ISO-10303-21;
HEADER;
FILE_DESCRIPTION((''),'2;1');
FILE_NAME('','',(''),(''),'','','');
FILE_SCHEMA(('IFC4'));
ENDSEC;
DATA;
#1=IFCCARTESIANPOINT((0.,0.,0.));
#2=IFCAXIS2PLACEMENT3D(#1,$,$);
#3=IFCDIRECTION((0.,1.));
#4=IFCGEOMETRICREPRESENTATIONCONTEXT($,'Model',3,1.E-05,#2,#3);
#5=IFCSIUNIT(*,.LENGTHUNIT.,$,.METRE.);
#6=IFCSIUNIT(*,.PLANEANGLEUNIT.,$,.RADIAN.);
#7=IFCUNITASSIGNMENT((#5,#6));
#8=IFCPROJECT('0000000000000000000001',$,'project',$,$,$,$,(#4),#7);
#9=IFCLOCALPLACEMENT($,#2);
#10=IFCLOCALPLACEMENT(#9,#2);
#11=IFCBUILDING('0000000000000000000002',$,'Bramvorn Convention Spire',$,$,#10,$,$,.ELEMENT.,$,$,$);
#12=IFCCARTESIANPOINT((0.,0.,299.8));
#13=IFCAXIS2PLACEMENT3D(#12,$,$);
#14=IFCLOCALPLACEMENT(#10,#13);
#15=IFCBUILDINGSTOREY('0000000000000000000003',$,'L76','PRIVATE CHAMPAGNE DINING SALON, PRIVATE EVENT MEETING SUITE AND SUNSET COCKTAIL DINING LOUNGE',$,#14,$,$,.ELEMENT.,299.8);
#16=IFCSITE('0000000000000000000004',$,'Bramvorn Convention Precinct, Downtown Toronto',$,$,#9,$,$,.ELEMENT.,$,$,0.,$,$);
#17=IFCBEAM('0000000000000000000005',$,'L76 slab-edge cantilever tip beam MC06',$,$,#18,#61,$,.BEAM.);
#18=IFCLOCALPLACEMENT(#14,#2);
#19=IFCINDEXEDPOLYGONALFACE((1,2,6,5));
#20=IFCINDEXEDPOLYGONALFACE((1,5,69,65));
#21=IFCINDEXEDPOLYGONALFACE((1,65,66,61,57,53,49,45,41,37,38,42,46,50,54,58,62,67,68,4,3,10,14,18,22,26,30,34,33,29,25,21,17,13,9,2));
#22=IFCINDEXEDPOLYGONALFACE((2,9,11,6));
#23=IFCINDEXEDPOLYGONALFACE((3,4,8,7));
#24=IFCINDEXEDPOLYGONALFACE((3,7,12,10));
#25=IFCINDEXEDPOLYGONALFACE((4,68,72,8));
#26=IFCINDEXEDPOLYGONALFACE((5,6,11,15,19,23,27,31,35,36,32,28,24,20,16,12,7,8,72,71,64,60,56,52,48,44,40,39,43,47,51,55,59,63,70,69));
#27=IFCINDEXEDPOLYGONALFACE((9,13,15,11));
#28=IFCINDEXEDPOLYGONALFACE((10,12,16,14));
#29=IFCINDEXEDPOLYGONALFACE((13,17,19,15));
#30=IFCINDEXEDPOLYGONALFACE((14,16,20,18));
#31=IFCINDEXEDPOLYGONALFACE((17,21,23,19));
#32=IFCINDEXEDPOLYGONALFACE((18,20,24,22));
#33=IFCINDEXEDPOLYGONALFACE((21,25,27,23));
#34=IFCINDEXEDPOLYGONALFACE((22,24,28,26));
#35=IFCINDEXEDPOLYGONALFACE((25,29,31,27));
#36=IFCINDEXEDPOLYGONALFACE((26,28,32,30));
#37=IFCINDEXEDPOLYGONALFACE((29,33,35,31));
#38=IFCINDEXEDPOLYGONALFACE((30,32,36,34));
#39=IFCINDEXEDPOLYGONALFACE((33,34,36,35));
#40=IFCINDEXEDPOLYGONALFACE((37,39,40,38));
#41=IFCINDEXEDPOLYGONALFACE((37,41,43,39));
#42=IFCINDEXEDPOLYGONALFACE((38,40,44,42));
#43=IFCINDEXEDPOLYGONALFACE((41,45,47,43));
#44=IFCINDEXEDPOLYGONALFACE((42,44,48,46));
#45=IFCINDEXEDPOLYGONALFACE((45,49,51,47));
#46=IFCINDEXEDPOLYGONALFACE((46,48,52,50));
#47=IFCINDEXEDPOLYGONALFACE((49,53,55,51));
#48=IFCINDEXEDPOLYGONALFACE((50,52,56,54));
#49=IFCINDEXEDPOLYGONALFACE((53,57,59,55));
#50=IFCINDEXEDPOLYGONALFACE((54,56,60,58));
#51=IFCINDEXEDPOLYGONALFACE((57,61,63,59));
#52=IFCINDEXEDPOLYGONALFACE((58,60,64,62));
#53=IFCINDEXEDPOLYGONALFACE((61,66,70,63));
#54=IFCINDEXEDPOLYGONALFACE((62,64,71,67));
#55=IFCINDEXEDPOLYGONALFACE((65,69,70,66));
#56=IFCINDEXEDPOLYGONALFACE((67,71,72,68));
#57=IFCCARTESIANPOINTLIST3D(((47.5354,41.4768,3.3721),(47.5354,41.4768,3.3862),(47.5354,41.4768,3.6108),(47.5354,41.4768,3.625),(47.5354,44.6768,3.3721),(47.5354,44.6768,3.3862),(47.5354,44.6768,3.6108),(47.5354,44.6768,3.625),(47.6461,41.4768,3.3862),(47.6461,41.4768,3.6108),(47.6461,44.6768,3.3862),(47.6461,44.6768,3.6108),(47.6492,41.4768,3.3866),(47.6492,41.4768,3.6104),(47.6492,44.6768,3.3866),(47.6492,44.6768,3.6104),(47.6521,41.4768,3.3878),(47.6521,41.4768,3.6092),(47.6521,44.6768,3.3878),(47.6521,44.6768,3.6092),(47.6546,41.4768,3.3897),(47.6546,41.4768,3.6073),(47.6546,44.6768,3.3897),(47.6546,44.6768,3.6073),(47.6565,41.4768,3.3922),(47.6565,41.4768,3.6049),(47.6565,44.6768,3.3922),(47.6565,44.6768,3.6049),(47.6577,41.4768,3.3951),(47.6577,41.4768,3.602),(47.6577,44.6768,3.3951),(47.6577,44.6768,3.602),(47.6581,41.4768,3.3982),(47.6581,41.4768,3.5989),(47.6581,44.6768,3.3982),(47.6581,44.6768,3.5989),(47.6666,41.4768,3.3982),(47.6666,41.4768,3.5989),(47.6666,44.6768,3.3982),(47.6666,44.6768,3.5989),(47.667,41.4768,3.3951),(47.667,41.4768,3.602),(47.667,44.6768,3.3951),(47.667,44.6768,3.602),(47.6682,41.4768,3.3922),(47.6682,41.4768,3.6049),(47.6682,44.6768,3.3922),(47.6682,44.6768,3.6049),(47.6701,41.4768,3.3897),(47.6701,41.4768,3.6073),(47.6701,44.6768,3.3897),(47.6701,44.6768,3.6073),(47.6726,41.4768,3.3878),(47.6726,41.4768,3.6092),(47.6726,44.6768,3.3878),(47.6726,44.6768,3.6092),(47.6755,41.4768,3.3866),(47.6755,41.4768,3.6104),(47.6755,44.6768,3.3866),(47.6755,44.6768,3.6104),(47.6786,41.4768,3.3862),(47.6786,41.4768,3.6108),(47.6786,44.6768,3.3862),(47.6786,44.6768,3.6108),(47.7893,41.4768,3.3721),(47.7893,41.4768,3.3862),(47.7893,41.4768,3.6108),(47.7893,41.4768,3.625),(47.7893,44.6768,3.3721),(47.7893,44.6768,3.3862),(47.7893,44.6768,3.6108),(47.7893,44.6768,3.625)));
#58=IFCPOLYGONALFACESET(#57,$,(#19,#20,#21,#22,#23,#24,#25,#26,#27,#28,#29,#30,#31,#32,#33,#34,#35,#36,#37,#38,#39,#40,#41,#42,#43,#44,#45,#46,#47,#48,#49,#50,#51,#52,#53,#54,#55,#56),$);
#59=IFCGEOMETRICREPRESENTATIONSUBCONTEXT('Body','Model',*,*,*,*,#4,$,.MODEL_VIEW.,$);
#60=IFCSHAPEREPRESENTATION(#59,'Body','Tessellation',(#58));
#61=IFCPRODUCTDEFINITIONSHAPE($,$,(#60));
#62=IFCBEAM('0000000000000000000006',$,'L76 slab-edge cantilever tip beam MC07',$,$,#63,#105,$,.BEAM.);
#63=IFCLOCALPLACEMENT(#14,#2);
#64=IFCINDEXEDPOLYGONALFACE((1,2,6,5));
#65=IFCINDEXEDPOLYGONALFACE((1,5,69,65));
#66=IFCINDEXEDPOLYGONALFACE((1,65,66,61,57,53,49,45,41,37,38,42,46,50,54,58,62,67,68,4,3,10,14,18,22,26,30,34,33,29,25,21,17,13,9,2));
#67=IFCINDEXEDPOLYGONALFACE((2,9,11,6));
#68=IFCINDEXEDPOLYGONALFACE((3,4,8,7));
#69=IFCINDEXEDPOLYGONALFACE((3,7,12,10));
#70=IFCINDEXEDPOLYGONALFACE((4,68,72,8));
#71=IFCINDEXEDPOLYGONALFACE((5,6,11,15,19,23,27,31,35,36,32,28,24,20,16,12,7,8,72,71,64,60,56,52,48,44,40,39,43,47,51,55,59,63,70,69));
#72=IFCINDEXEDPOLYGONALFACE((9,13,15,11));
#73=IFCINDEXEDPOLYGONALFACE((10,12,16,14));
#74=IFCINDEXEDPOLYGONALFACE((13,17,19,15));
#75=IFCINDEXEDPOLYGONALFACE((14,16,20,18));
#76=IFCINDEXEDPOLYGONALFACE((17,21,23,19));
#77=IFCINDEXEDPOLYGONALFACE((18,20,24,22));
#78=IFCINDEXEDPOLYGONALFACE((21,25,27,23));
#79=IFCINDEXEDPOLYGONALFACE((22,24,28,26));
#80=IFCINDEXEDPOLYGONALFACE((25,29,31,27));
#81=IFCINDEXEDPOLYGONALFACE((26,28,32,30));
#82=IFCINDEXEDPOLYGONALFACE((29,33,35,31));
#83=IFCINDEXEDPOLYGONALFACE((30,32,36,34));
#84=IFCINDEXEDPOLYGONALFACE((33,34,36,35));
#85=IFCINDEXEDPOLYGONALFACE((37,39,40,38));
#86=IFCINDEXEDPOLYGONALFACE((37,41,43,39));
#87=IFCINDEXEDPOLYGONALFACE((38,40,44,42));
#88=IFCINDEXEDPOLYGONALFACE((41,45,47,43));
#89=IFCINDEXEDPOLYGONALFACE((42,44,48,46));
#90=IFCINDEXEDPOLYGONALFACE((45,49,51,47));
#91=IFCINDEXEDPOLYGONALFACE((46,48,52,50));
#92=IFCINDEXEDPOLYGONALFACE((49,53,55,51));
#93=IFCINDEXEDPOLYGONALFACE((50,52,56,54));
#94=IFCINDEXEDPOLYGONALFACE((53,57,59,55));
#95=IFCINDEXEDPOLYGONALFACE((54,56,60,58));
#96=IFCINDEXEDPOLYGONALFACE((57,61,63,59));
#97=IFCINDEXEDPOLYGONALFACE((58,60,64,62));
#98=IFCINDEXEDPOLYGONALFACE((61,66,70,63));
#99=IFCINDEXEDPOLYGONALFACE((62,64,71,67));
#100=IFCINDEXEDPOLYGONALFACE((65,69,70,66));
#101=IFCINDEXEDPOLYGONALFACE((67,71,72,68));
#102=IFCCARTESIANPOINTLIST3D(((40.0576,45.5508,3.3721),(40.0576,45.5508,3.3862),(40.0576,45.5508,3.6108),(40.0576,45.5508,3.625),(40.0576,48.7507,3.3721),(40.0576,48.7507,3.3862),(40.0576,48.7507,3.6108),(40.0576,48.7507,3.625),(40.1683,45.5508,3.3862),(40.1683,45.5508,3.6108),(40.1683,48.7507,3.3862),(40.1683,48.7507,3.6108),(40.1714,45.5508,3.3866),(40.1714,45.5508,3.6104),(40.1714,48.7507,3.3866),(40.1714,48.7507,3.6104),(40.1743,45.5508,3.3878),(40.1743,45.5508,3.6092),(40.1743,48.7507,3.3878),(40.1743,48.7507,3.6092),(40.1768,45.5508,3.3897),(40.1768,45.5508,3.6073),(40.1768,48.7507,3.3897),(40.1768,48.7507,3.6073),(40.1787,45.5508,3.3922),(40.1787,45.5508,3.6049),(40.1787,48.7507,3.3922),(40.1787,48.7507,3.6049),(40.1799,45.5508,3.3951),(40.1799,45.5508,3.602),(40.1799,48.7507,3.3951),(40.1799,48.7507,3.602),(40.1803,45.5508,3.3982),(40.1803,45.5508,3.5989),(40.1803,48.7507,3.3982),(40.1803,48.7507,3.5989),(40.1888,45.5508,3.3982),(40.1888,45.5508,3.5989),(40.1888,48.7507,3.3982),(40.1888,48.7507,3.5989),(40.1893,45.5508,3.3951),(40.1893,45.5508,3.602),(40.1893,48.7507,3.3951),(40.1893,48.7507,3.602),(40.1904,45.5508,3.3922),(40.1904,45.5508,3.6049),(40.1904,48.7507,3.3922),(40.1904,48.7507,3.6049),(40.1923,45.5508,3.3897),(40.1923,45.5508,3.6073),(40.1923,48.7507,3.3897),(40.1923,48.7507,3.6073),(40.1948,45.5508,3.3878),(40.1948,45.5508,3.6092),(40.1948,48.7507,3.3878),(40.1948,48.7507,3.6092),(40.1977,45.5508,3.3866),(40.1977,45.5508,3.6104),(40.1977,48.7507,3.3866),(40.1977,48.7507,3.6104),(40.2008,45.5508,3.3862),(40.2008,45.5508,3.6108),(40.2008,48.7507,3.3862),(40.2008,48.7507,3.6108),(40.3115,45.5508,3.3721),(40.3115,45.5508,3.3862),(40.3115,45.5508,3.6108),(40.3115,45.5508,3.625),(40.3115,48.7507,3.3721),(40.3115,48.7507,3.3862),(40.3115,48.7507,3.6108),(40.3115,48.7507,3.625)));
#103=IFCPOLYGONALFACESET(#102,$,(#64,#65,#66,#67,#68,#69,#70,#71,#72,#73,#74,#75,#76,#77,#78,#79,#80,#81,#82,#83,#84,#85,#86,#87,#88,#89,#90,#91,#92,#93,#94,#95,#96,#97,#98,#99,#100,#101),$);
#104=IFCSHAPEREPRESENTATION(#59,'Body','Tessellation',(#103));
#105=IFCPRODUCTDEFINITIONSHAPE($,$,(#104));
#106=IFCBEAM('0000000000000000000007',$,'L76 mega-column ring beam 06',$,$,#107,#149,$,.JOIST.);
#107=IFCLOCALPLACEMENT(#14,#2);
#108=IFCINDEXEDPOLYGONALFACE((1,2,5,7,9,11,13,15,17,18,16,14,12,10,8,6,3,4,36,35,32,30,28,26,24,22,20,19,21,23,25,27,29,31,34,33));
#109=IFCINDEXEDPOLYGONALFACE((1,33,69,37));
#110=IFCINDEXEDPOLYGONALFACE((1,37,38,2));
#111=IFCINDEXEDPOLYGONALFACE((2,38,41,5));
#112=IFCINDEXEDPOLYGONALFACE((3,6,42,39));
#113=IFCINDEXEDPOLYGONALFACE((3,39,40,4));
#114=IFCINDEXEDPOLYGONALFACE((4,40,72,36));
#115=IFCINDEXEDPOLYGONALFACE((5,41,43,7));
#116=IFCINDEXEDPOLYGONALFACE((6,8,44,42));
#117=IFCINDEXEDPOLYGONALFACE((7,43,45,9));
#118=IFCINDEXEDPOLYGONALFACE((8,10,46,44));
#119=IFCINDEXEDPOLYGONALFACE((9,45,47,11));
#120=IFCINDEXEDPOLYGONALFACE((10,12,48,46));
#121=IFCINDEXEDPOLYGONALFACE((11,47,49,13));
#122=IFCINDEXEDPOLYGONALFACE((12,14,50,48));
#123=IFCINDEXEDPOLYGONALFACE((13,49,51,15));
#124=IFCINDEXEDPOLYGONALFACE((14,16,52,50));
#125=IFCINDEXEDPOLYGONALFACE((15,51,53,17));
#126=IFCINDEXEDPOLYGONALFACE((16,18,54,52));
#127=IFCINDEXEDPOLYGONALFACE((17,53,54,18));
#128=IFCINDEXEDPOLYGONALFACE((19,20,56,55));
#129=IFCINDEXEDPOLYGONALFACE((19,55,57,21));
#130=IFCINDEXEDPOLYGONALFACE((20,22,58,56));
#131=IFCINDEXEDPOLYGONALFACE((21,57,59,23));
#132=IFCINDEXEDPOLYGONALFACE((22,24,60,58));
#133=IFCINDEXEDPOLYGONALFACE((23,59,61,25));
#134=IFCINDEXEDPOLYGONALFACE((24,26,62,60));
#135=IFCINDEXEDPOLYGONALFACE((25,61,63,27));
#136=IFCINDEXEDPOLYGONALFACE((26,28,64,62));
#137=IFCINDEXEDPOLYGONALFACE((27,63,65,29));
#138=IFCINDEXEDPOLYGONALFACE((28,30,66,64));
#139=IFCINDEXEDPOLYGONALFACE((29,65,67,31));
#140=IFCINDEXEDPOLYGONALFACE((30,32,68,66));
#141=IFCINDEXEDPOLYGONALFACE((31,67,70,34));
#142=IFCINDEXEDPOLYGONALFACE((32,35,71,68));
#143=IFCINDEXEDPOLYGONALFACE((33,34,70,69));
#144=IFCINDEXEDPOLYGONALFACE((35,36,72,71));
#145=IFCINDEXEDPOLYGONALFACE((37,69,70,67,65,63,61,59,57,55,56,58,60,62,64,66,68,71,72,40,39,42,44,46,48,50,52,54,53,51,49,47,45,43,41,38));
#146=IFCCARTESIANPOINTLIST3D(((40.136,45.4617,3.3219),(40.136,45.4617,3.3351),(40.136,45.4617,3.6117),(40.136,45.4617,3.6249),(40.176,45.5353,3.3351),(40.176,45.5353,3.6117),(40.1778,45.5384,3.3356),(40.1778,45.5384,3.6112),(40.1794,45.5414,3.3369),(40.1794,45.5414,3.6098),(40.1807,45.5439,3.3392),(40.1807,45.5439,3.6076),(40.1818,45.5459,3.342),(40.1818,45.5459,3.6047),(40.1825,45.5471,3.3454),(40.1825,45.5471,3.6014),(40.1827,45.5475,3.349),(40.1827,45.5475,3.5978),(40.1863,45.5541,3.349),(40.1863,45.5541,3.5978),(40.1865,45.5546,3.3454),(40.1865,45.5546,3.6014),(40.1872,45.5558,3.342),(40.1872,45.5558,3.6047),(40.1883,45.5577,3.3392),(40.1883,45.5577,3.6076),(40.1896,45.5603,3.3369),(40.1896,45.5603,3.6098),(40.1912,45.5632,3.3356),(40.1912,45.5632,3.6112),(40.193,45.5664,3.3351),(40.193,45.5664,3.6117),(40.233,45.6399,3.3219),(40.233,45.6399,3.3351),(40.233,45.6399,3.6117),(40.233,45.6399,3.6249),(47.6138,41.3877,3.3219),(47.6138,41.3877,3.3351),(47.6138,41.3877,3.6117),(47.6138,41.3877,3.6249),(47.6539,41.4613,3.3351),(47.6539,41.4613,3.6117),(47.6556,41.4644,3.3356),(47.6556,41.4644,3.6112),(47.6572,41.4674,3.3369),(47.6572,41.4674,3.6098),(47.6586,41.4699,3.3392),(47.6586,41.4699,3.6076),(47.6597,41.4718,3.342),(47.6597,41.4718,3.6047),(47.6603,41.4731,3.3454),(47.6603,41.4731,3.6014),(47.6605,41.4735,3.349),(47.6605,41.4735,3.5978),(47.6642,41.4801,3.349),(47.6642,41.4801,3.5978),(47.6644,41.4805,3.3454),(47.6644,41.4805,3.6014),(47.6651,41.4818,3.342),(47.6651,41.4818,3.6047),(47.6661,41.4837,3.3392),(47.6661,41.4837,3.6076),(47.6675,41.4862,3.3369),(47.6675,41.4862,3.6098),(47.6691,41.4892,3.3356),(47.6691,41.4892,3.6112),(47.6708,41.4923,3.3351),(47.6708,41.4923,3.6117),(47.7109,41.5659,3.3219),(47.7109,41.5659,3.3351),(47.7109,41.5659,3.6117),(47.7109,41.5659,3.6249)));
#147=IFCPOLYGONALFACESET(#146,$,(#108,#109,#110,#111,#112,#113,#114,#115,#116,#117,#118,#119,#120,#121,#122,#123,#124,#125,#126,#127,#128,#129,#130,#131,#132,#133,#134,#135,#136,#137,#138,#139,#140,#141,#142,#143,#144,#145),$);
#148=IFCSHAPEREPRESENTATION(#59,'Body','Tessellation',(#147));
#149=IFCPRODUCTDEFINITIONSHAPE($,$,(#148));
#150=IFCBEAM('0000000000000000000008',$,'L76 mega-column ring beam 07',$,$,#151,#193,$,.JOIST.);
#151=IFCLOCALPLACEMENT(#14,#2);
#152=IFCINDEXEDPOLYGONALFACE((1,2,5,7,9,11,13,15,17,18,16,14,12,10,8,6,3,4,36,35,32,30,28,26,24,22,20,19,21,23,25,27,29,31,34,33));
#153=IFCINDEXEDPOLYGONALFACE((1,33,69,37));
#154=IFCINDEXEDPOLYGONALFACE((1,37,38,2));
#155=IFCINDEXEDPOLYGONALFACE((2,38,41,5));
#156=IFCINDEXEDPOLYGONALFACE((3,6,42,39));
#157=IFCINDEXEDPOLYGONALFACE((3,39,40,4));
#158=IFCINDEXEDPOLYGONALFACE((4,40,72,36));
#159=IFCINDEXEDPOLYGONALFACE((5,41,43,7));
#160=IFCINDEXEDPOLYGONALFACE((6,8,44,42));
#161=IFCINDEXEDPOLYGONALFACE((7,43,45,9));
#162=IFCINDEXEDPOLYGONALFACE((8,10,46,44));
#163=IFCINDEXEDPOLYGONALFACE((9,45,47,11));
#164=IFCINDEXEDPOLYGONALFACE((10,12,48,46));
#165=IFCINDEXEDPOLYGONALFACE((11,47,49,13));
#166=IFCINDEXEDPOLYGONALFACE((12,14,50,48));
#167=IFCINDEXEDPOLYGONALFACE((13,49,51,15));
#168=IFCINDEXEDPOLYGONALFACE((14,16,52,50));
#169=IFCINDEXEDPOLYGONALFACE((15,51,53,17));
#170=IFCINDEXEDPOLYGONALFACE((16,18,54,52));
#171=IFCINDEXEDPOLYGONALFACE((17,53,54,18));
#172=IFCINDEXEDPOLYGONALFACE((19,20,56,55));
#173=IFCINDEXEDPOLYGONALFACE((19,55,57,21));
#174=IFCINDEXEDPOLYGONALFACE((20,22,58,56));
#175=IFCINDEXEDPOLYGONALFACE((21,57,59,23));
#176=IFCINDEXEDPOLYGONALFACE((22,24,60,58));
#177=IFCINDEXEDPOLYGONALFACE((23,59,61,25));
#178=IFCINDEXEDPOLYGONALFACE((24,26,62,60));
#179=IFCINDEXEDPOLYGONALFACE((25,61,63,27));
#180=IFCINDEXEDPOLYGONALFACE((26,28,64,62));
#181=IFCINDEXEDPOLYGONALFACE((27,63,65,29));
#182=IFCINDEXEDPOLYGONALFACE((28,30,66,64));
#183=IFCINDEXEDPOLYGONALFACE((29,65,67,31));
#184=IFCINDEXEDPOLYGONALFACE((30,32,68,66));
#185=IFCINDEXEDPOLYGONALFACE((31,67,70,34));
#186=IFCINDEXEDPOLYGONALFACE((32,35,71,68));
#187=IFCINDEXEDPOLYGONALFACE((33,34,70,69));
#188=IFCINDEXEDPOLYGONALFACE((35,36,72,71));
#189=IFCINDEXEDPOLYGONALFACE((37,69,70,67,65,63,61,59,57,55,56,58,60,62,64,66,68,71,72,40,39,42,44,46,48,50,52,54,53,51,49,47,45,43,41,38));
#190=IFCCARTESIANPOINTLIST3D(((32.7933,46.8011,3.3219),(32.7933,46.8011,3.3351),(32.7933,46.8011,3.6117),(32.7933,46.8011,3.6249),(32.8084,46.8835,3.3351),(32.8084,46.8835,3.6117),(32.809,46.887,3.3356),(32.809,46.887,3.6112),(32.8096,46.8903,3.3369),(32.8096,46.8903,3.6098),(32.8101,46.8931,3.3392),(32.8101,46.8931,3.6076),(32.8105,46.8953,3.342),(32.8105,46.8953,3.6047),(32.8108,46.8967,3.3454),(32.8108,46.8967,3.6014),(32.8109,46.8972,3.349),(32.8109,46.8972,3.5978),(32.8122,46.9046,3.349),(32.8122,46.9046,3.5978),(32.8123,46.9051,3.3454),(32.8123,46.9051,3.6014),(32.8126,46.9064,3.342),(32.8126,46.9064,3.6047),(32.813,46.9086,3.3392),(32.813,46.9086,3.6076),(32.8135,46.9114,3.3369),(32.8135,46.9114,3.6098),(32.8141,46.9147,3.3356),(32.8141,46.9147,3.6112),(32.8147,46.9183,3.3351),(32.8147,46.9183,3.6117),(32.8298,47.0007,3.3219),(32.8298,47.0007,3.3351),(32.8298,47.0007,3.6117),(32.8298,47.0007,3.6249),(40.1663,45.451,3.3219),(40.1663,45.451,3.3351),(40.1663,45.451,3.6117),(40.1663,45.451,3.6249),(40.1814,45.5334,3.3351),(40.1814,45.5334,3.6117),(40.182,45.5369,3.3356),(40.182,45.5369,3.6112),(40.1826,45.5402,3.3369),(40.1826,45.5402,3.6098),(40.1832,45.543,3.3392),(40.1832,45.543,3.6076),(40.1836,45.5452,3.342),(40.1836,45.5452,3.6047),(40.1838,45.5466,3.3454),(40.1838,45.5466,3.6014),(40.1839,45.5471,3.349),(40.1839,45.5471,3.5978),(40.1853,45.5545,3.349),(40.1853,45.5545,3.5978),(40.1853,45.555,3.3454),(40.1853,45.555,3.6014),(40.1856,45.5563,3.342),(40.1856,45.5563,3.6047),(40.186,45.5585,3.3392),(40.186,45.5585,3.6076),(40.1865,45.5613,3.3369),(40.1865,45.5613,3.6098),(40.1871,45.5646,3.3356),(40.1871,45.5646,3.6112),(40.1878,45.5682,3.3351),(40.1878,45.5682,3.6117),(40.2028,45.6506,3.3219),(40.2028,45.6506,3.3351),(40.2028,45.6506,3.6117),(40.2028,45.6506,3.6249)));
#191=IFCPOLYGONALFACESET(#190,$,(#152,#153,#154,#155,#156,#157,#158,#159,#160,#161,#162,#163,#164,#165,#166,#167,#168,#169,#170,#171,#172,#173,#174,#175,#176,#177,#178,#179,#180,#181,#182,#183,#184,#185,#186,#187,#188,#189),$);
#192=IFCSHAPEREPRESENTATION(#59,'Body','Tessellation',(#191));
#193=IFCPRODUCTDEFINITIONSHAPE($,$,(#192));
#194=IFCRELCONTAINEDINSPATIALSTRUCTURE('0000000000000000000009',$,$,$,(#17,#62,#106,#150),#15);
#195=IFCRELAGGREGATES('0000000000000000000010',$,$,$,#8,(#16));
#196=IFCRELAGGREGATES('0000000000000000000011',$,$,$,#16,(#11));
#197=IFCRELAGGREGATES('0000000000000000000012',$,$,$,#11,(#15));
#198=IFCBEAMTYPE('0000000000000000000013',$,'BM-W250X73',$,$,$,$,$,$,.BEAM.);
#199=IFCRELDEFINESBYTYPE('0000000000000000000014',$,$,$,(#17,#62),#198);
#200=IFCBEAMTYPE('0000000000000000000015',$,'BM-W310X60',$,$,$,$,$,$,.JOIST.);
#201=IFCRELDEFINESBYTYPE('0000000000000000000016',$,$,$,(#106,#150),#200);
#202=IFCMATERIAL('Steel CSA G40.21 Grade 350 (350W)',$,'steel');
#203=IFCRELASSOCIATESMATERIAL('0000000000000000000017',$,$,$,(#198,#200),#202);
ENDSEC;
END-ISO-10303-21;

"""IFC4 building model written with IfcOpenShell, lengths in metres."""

from ifc_helpers import new_model, si_unit, direction, frame, origin, origin_2d, place, context, subcontext, project, spatial, i_section, extrude, material, material_profile, profile_set, type_object, element, save


model = new_model("IFC4")

# Units and contexts
model_context = context("Model", 3, precision=1e-05, world=origin(), true_north=direction((0.0, 1.0)))
body_context = subcontext(model_context, "Body", "Model", "MODEL_VIEW")
ifc_project = project(units=[si_unit("LENGTHUNIT", "METRE"), si_unit("PLANEANGLEUNIT", "RADIAN")], contexts=[model_context])

# Site, building, storey
site_placement = place(None, origin())
site = spatial("IfcSite", under=ifc_project, at=site_placement, Name="Bramvorn Convention Precinct, Downtown Toronto", CompositionType="ELEMENT", RefElevation=0.0)
building_placement = place(site_placement, origin())
building = spatial("IfcBuilding", under=site, at=building_placement, Name="Bramvorn Convention Spire", CompositionType="ELEMENT")
storey_placement = place(building_placement, frame((0.0, 0.0, 299.8)))
storey = spatial("IfcBuildingStorey", under=building, at=storey_placement, Name="L76", Description="PRIVATE CHAMPAGNE DINING SALON, PRIVATE EVENT MEETING SUITE AND SUNSET COCKTAIL DINING LOUNGE", CompositionType="ELEMENT", Elevation=299.8)

# Shared definitions
ifc_material_1 = material(Name="Steel CSA G40.21 Grade 350 (350W)", Category="steel")

# Beams
ifc_material_profile_1 = material_profile(ifc_material_1, i_section(OverallWidth=0.2539, OverallDepth=0.2529, WebThickness=0.0085, FlangeThickness=0.0142, FilletRadius=0.012, at=origin_2d()))
ifc_profile_set_1 = profile_set([ifc_material_profile_1], Name="Steel CSA G40.21 Grade 350 (350W) - W250X73")
beam_type_1 = type_object("IfcBeamType", Name="BM-W250X73", PredefinedType="BEAM", material=ifc_profile_set_1)
for number, where, z_axis, x_axis, name in (
    (1, (47.6624, 41.4768, 3.4985), (0.0, 1.0, 0.0), (-1.0, 0.0, 0.0), "L76 slab-edge cantilever tip beam MC06"),
    (2, (40.1846, 45.5508, 3.4985), (0.0, 1.0, 0.0), (-1.0, 0.0, 0.0), "L76 slab-edge cantilever tip beam MC07"),
):
    element("IfcBeam", number, at=place(storey_placement, frame(where, z_axis=z_axis, x_axis=x_axis)), inside=storey, type_object=beam_type_1, Name=name, PredefinedType="BEAM", context=body_context, shape_type="SweptSolid", body=[
        extrude(i_section(OverallWidth=0.2539, OverallDepth=0.2529, WebThickness=0.0085, FlangeThickness=0.0142, FilletRadius=0.012, at=origin_2d()), origin(), (0.0, 0.0, 1.0), 3.2),
    ])
ifc_material_profile_2 = material_profile(ifc_material_1, i_section(OverallWidth=0.2029, OverallDepth=0.303, WebThickness=0.0076, FlangeThickness=0.0132, FilletRadius=0.0139, at=origin_2d()))
ifc_profile_set_2 = profile_set([ifc_material_profile_2], Name="Steel CSA G40.21 Grade 350 (350W) - W310X60")
beam_type_2 = type_object("IfcBeamType", Name="BM-W310X60", PredefinedType="JOIST", material=ifc_profile_set_2)
beam_1_placement = place(storey_placement, frame((47.6624, 41.4768, 3.4734), z_axis=(-0.878133, 0.478416, 0.0), x_axis=(-0.478416, -0.878133, 0.0)))
element("IfcBeam", 3, at=beam_1_placement, inside=storey, type_object=beam_type_2, Name="L76 mega-column ring beam 06", PredefinedType="JOIST", context=body_context, shape_type="SweptSolid", body=[
    extrude(i_section(OverallWidth=0.2029, OverallDepth=0.303, WebThickness=0.0076, FlangeThickness=0.0132, FilletRadius=0.0139, at=origin_2d()), origin(), (0.0, 0.0, 1.0), 8.5156),
])
beam_2_placement = place(storey_placement, frame((40.1846, 45.5508, 3.4734), z_axis=(-0.983645, 0.180118, 0.0), x_axis=(-0.180118, -0.983645, 0.0)))
element("IfcBeam", 4, at=beam_2_placement, inside=storey, type_object=beam_type_2, Name="L76 mega-column ring beam 07", PredefinedType="JOIST", context=body_context, shape_type="SweptSolid", body=[
    extrude(i_section(OverallWidth=0.2029, OverallDepth=0.303, WebThickness=0.0076, FlangeThickness=0.0132, FilletRadius=0.0139, at=origin_2d()), origin(), (0.0, 0.0, 1.0), 7.4956),
])

save(model, "model.ifc")
